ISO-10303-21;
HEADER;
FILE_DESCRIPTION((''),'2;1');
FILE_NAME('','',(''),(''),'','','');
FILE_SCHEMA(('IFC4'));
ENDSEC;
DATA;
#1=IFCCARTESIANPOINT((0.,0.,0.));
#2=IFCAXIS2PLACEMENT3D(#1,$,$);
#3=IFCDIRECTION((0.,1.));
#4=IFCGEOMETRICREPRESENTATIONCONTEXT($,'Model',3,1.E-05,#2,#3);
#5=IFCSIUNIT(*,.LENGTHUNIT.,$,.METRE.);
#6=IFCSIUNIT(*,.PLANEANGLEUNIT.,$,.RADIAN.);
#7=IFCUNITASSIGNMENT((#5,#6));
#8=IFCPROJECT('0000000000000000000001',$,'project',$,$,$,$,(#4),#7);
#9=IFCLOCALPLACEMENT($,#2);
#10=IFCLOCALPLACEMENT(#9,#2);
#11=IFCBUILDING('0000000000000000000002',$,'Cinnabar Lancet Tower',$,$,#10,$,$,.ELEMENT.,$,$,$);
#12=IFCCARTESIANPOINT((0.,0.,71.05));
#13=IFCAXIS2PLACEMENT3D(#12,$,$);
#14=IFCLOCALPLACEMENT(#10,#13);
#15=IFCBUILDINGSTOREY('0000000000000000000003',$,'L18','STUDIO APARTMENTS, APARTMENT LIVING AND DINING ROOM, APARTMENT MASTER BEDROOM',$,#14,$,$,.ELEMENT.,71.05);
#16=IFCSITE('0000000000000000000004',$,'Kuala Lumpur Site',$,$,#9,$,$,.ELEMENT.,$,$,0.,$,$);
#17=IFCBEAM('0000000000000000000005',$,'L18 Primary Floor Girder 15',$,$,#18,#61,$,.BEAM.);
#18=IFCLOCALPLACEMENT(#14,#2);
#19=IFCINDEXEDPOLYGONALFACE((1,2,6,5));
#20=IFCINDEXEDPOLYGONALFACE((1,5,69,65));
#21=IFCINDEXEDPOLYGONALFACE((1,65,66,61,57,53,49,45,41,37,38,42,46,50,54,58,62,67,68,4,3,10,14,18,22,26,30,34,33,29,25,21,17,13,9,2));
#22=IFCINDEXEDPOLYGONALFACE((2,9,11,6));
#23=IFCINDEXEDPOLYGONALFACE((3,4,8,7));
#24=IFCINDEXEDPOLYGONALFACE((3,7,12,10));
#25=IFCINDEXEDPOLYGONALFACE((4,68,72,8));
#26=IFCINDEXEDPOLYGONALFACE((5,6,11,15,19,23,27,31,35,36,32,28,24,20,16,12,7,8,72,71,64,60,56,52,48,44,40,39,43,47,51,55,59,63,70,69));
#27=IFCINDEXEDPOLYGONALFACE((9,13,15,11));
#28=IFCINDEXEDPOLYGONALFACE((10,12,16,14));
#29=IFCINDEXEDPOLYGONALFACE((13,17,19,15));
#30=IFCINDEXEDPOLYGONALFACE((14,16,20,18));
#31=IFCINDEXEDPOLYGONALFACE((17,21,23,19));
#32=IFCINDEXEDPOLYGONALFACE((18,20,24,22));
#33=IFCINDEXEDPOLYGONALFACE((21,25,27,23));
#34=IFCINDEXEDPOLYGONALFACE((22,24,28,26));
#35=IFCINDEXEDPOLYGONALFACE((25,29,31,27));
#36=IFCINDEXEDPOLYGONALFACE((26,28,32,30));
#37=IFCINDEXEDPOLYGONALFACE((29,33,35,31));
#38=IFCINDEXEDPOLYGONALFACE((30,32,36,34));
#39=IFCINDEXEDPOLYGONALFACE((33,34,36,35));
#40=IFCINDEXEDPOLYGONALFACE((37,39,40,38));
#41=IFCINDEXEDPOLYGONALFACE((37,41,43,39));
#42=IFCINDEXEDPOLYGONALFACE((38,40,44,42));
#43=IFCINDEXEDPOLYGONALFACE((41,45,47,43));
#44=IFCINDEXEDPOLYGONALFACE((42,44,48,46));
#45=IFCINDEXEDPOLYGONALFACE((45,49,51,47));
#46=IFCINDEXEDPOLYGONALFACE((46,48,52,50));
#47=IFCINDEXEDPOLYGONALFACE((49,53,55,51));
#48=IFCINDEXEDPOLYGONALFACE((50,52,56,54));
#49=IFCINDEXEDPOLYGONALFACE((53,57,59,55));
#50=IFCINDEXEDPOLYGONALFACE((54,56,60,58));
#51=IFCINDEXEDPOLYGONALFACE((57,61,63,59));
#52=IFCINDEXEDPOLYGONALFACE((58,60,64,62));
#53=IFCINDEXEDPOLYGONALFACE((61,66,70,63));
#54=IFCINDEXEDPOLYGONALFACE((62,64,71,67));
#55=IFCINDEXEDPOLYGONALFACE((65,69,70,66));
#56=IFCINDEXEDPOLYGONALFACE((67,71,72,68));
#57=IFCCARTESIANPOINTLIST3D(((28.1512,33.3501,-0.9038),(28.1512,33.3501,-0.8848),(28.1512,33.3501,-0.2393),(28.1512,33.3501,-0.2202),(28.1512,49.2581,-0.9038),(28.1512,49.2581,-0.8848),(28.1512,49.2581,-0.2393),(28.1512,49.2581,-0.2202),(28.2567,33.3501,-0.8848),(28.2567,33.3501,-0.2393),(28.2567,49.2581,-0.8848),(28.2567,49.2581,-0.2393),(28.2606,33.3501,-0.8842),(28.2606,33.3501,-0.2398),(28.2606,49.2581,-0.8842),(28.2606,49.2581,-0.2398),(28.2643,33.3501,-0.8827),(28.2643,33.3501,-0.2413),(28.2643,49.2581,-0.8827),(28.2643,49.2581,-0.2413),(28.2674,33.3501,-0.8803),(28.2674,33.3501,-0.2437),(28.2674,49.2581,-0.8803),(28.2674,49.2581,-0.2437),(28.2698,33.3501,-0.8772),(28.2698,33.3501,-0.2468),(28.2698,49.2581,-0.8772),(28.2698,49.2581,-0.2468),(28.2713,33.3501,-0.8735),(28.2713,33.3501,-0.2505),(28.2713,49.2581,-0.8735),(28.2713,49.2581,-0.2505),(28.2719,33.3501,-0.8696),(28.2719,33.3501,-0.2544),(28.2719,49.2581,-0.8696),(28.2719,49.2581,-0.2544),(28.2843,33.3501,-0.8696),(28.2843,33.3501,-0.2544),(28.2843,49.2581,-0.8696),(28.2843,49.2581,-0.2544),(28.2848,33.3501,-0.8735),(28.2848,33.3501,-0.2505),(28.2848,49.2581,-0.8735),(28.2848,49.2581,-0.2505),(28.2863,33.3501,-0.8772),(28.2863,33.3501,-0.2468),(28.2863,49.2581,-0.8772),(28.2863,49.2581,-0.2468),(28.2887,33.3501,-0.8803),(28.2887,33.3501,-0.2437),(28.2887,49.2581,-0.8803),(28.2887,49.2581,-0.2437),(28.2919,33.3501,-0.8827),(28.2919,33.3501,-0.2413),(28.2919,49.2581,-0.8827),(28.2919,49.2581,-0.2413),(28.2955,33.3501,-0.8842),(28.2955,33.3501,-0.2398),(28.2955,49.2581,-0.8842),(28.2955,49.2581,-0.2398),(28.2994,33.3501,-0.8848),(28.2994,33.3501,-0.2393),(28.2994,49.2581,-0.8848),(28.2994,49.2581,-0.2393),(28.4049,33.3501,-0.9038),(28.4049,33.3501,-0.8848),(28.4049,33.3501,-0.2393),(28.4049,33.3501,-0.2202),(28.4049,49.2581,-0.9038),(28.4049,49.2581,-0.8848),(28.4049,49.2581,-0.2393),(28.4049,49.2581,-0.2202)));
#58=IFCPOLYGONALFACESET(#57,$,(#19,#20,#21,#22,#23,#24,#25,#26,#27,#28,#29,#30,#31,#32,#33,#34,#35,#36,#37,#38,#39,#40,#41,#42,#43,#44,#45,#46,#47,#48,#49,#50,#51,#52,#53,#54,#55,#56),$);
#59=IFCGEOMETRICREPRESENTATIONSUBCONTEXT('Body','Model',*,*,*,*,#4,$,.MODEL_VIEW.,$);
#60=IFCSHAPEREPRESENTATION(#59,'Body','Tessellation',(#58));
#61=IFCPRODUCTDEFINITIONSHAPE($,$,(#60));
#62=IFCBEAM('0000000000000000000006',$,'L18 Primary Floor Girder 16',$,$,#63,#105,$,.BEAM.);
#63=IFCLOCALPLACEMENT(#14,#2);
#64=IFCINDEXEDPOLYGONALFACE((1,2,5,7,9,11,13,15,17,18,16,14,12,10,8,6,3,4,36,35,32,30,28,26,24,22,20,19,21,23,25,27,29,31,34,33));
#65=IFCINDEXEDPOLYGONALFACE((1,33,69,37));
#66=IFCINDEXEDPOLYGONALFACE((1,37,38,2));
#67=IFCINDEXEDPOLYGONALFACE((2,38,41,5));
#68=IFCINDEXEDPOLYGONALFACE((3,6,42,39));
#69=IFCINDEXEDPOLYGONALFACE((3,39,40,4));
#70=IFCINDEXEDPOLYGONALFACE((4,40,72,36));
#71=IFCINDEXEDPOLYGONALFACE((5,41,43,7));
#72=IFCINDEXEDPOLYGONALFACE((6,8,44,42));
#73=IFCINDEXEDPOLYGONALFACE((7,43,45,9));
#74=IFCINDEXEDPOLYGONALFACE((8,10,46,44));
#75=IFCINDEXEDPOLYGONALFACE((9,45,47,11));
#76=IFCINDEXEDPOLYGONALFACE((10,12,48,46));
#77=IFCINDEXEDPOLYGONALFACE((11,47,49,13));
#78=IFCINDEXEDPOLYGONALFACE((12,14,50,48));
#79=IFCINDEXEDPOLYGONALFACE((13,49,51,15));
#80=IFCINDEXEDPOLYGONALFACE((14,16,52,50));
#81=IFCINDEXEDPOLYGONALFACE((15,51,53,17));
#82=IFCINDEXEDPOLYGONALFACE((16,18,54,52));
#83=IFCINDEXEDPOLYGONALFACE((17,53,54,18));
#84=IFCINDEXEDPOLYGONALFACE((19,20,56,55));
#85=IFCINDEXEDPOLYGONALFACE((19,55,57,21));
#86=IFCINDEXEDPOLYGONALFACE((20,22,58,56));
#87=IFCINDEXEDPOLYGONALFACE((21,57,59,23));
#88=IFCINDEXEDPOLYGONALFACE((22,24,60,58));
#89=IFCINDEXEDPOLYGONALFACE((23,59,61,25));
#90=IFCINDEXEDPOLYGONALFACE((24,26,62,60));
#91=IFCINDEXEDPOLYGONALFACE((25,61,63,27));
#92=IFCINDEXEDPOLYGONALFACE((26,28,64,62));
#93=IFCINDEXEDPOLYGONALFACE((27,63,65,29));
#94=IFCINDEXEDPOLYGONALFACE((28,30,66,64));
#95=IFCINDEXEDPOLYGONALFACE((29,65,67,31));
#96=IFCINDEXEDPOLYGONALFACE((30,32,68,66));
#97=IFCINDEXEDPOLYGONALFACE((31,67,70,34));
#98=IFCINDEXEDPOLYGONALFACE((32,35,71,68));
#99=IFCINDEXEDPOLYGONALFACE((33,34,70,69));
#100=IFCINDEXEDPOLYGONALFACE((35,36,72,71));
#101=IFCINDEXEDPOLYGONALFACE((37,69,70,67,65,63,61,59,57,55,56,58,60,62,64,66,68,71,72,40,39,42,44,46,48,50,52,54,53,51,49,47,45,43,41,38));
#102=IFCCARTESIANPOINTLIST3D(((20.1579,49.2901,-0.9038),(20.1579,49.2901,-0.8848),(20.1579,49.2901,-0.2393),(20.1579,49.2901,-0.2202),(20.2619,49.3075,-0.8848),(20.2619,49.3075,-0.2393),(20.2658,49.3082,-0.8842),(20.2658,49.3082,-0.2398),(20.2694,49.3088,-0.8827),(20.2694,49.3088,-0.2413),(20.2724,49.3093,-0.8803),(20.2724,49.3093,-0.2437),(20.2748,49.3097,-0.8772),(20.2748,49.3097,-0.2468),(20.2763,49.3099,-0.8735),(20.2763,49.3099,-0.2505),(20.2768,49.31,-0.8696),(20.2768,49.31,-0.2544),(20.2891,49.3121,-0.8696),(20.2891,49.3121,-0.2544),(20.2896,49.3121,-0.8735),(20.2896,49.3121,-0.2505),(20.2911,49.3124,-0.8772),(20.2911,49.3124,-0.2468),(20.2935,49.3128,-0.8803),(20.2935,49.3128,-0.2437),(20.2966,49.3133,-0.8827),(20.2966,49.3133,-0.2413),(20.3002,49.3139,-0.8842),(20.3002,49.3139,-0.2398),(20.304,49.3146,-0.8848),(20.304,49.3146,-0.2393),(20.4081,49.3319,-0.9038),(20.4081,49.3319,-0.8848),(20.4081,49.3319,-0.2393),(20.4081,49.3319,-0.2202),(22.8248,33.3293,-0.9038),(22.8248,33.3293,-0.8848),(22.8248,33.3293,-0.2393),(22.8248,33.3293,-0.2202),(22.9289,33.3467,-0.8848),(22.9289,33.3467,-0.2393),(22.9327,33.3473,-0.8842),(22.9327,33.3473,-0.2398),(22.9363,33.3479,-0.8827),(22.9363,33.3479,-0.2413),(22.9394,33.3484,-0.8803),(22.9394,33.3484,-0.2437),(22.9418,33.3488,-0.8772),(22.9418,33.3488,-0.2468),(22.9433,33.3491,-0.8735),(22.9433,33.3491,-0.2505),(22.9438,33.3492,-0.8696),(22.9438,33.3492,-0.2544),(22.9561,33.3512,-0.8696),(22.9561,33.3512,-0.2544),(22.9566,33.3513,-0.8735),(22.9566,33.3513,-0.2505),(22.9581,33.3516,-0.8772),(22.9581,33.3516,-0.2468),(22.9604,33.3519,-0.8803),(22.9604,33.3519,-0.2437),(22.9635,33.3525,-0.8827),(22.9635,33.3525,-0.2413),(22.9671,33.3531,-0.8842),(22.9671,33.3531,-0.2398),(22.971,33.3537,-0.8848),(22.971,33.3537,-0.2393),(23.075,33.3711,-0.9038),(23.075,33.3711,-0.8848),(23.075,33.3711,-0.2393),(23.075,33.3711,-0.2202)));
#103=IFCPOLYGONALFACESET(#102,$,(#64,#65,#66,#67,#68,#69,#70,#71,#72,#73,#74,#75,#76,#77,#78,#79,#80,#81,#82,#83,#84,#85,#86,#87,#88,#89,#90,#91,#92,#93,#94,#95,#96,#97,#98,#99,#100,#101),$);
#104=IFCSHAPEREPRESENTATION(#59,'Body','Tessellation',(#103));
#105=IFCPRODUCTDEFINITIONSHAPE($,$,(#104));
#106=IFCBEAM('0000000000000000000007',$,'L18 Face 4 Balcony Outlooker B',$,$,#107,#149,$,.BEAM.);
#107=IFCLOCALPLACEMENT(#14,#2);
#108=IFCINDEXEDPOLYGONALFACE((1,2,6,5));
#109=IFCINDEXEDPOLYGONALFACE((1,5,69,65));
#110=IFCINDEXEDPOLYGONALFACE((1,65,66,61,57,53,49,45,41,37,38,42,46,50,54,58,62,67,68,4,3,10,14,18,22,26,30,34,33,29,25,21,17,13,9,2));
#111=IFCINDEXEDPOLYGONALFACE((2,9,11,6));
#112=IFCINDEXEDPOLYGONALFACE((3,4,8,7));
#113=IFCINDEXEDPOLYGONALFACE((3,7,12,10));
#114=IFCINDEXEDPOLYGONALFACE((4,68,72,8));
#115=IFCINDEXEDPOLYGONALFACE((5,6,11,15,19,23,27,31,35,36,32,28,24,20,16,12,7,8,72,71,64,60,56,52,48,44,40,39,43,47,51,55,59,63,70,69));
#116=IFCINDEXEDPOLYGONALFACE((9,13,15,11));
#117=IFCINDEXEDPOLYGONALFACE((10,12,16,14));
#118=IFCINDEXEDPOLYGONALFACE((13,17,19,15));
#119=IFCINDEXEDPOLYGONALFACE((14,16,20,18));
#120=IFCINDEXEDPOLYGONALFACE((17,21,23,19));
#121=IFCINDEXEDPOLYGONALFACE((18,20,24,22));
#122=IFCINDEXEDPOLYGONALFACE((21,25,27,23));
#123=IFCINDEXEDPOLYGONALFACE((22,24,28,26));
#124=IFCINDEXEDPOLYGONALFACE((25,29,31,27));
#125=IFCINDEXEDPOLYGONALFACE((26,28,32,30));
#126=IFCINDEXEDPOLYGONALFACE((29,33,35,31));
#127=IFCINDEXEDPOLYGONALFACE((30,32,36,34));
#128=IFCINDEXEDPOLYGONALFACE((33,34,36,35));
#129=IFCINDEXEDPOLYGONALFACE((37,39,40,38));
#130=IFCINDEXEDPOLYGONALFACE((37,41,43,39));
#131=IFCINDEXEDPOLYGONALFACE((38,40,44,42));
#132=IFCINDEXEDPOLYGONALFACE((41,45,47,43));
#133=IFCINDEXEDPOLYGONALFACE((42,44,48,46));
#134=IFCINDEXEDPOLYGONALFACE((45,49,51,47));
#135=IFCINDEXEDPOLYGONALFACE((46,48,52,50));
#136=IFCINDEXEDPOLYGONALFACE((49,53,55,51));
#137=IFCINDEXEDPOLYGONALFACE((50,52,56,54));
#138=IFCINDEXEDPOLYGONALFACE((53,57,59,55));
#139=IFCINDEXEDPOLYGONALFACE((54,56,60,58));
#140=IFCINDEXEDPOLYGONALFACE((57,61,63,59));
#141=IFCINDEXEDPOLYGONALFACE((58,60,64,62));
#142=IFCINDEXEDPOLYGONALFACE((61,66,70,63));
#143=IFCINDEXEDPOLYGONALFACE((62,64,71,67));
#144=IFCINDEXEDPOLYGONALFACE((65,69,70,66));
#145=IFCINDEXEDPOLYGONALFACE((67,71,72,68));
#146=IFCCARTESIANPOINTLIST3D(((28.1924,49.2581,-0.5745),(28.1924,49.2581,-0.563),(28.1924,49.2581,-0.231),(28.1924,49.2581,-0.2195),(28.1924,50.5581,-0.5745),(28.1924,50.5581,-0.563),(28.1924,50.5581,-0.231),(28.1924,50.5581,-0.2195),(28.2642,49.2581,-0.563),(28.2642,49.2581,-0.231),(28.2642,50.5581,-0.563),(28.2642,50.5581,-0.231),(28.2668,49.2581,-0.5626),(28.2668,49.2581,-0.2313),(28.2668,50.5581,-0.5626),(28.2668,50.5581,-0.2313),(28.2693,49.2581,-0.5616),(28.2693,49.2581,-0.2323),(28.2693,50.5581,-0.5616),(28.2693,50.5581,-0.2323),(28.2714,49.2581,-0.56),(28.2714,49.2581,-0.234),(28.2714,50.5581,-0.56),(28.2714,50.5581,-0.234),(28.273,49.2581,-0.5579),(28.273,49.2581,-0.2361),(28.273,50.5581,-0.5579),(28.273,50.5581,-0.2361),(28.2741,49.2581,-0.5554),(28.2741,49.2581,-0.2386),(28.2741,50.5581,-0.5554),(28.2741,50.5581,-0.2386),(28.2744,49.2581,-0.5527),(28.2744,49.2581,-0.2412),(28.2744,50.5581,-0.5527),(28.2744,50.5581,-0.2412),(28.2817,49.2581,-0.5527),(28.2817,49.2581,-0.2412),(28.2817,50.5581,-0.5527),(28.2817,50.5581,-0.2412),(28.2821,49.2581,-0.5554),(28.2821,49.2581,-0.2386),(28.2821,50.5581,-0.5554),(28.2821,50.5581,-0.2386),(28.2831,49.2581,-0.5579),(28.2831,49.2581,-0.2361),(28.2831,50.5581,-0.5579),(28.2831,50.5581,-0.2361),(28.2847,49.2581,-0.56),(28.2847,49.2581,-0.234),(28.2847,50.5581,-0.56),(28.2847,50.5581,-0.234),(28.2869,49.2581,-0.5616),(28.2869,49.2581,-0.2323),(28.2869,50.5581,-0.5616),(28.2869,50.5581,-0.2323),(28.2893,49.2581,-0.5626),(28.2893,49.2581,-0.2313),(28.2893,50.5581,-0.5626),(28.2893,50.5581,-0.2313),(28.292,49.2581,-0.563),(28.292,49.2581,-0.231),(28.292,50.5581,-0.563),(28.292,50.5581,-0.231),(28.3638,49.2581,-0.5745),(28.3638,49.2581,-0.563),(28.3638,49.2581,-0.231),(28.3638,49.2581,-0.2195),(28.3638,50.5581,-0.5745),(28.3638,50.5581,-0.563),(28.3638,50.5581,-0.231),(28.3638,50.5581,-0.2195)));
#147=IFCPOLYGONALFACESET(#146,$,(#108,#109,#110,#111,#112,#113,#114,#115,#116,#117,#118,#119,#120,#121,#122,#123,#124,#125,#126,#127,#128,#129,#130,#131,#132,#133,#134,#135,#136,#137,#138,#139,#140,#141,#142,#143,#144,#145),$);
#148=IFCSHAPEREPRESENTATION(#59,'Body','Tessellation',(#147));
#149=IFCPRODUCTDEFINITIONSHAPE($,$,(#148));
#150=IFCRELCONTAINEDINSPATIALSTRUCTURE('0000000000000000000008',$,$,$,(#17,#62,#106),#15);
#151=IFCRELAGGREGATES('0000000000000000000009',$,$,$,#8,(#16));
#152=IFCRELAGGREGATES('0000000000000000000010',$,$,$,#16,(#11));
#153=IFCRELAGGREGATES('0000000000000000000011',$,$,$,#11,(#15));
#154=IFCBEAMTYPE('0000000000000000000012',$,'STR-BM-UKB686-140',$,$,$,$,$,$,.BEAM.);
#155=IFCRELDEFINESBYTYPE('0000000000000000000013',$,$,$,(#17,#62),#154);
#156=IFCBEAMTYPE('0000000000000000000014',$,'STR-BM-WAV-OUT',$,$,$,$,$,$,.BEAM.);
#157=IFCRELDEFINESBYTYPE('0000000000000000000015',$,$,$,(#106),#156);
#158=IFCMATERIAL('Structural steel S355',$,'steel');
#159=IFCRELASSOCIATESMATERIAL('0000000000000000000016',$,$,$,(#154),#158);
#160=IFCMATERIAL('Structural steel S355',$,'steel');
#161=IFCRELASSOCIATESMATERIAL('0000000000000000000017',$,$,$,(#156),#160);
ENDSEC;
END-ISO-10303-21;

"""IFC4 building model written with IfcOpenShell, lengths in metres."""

from ifc_helpers import new_model, si_unit, direction, frame, origin, origin_2d, place, context, subcontext, project, spatial, i_section, extrude, material, material_profile, profile_set, type_object, element, save


model = new_model("IFC4")

# Units and contexts
model_context = context("Model", 3, precision=1e-05, world=origin(), true_north=direction((0.0, 1.0)))
body_context = subcontext(model_context, "Body", "Model", "MODEL_VIEW")
ifc_project = project(units=[si_unit("LENGTHUNIT", "METRE"), si_unit("PLANEANGLEUNIT", "RADIAN")], contexts=[model_context])

# Site, building, storey
site_placement = place(None, origin())
site = spatial("IfcSite", under=ifc_project, at=site_placement, Name="Kuala Lumpur Site", CompositionType="ELEMENT", RefElevation=0.0)
building_placement = place(site_placement, origin())
building = spatial("IfcBuilding", under=site, at=building_placement, Name="Cinnabar Lancet Tower", CompositionType="ELEMENT")
storey_placement = place(building_placement, frame((0.0, 0.0, 71.05)))
storey = spatial("IfcBuildingStorey", under=building, at=storey_placement, Name="L18", Description="STUDIO APARTMENTS, APARTMENT LIVING AND DINING ROOM, APARTMENT MASTER BEDROOM", CompositionType="ELEMENT", Elevation=71.05)

# Beams
ifc_material_1 = material(Name="Structural steel S355", Category="steel")
ifc_material_profile_1 = material_profile(ifc_material_1, i_section(OverallWidth=0.2537, OverallDepth=0.6836, WebThickness=0.0125, FlangeThickness=0.019, FilletRadius=0.0151, at=origin_2d()), Name="UKB 686x254x140")
ifc_profile_set_1 = profile_set([ifc_material_profile_1], Name="Structural steel S355")
beam_type_1 = type_object("IfcBeamType", Name="STR-BM-UKB686-140", PredefinedType="BEAM", material=ifc_profile_set_1)
beam_1_placement = place(storey_placement, frame((28.2781, 49.2581, -0.562), z_axis=(0.0, -1.0, 0.0), x_axis=(1.0, 0.0, 0.0)))
element("IfcBeam", 1, at=beam_1_placement, inside=storey, type_object=beam_type_1, Name="L18 Primary Floor Girder 15", PredefinedType="BEAM", context=body_context, shape_type="SweptSolid", body=[
    extrude(i_section(OverallWidth=0.2537, OverallDepth=0.6836, WebThickness=0.0125, FlangeThickness=0.019, FilletRadius=0.0151, at=origin_2d()), origin(), (0.0, 0.0, 1.0), 15.908),
])
beam_2_placement = place(storey_placement, frame((20.283, 49.311, -0.562), z_axis=(0.16481, -0.986325, 0.0), x_axis=(0.986325, 0.16481, 0.0)))
element("IfcBeam", 2, at=beam_2_placement, inside=storey, type_object=beam_type_1, Name="L18 Primary Floor Girder 16", PredefinedType="BEAM", context=body_context, shape_type="SweptSolid", body=[
    extrude(i_section(OverallWidth=0.2537, OverallDepth=0.6836, WebThickness=0.0125, FlangeThickness=0.019, FilletRadius=0.0151, at=origin_2d()), origin(), (0.0, 0.0, 1.0), 16.1821),
])
ifc_material_2 = material(Name="Structural steel S355", Category="steel")
ifc_material_profile_2 = material_profile(ifc_material_2, i_section(OverallWidth=0.1714, OverallDepth=0.355, WebThickness=0.0073, FlangeThickness=0.0115, FilletRadius=0.0103, at=origin_2d()), Name="UKB 356x171x51")
ifc_profile_set_2 = profile_set([ifc_material_profile_2], Name="Structural steel S355")
beam_type_2 = type_object("IfcBeamType", Name="STR-BM-WAV-OUT", PredefinedType="BEAM", material=ifc_profile_set_2)
beam_3_placement = place(storey_placement, frame((28.2781, 49.2581, -0.397), z_axis=(0.0, 1.0, 0.0), x_axis=(-1.0, 0.0, 0.0)))
element("IfcBeam", 3, at=beam_3_placement, inside=storey, type_object=beam_type_2, Name="L18 Face 4 Balcony Outlooker B", PredefinedType="BEAM", context=body_context, shape_type="SweptSolid", body=[
    extrude(i_section(OverallWidth=0.1714, OverallDepth=0.355, WebThickness=0.0073, FlangeThickness=0.0115, FilletRadius=0.0103, at=origin_2d()), origin(), (0.0, 0.0, 1.0), 1.3),
])

save(model, "model.ifc")
